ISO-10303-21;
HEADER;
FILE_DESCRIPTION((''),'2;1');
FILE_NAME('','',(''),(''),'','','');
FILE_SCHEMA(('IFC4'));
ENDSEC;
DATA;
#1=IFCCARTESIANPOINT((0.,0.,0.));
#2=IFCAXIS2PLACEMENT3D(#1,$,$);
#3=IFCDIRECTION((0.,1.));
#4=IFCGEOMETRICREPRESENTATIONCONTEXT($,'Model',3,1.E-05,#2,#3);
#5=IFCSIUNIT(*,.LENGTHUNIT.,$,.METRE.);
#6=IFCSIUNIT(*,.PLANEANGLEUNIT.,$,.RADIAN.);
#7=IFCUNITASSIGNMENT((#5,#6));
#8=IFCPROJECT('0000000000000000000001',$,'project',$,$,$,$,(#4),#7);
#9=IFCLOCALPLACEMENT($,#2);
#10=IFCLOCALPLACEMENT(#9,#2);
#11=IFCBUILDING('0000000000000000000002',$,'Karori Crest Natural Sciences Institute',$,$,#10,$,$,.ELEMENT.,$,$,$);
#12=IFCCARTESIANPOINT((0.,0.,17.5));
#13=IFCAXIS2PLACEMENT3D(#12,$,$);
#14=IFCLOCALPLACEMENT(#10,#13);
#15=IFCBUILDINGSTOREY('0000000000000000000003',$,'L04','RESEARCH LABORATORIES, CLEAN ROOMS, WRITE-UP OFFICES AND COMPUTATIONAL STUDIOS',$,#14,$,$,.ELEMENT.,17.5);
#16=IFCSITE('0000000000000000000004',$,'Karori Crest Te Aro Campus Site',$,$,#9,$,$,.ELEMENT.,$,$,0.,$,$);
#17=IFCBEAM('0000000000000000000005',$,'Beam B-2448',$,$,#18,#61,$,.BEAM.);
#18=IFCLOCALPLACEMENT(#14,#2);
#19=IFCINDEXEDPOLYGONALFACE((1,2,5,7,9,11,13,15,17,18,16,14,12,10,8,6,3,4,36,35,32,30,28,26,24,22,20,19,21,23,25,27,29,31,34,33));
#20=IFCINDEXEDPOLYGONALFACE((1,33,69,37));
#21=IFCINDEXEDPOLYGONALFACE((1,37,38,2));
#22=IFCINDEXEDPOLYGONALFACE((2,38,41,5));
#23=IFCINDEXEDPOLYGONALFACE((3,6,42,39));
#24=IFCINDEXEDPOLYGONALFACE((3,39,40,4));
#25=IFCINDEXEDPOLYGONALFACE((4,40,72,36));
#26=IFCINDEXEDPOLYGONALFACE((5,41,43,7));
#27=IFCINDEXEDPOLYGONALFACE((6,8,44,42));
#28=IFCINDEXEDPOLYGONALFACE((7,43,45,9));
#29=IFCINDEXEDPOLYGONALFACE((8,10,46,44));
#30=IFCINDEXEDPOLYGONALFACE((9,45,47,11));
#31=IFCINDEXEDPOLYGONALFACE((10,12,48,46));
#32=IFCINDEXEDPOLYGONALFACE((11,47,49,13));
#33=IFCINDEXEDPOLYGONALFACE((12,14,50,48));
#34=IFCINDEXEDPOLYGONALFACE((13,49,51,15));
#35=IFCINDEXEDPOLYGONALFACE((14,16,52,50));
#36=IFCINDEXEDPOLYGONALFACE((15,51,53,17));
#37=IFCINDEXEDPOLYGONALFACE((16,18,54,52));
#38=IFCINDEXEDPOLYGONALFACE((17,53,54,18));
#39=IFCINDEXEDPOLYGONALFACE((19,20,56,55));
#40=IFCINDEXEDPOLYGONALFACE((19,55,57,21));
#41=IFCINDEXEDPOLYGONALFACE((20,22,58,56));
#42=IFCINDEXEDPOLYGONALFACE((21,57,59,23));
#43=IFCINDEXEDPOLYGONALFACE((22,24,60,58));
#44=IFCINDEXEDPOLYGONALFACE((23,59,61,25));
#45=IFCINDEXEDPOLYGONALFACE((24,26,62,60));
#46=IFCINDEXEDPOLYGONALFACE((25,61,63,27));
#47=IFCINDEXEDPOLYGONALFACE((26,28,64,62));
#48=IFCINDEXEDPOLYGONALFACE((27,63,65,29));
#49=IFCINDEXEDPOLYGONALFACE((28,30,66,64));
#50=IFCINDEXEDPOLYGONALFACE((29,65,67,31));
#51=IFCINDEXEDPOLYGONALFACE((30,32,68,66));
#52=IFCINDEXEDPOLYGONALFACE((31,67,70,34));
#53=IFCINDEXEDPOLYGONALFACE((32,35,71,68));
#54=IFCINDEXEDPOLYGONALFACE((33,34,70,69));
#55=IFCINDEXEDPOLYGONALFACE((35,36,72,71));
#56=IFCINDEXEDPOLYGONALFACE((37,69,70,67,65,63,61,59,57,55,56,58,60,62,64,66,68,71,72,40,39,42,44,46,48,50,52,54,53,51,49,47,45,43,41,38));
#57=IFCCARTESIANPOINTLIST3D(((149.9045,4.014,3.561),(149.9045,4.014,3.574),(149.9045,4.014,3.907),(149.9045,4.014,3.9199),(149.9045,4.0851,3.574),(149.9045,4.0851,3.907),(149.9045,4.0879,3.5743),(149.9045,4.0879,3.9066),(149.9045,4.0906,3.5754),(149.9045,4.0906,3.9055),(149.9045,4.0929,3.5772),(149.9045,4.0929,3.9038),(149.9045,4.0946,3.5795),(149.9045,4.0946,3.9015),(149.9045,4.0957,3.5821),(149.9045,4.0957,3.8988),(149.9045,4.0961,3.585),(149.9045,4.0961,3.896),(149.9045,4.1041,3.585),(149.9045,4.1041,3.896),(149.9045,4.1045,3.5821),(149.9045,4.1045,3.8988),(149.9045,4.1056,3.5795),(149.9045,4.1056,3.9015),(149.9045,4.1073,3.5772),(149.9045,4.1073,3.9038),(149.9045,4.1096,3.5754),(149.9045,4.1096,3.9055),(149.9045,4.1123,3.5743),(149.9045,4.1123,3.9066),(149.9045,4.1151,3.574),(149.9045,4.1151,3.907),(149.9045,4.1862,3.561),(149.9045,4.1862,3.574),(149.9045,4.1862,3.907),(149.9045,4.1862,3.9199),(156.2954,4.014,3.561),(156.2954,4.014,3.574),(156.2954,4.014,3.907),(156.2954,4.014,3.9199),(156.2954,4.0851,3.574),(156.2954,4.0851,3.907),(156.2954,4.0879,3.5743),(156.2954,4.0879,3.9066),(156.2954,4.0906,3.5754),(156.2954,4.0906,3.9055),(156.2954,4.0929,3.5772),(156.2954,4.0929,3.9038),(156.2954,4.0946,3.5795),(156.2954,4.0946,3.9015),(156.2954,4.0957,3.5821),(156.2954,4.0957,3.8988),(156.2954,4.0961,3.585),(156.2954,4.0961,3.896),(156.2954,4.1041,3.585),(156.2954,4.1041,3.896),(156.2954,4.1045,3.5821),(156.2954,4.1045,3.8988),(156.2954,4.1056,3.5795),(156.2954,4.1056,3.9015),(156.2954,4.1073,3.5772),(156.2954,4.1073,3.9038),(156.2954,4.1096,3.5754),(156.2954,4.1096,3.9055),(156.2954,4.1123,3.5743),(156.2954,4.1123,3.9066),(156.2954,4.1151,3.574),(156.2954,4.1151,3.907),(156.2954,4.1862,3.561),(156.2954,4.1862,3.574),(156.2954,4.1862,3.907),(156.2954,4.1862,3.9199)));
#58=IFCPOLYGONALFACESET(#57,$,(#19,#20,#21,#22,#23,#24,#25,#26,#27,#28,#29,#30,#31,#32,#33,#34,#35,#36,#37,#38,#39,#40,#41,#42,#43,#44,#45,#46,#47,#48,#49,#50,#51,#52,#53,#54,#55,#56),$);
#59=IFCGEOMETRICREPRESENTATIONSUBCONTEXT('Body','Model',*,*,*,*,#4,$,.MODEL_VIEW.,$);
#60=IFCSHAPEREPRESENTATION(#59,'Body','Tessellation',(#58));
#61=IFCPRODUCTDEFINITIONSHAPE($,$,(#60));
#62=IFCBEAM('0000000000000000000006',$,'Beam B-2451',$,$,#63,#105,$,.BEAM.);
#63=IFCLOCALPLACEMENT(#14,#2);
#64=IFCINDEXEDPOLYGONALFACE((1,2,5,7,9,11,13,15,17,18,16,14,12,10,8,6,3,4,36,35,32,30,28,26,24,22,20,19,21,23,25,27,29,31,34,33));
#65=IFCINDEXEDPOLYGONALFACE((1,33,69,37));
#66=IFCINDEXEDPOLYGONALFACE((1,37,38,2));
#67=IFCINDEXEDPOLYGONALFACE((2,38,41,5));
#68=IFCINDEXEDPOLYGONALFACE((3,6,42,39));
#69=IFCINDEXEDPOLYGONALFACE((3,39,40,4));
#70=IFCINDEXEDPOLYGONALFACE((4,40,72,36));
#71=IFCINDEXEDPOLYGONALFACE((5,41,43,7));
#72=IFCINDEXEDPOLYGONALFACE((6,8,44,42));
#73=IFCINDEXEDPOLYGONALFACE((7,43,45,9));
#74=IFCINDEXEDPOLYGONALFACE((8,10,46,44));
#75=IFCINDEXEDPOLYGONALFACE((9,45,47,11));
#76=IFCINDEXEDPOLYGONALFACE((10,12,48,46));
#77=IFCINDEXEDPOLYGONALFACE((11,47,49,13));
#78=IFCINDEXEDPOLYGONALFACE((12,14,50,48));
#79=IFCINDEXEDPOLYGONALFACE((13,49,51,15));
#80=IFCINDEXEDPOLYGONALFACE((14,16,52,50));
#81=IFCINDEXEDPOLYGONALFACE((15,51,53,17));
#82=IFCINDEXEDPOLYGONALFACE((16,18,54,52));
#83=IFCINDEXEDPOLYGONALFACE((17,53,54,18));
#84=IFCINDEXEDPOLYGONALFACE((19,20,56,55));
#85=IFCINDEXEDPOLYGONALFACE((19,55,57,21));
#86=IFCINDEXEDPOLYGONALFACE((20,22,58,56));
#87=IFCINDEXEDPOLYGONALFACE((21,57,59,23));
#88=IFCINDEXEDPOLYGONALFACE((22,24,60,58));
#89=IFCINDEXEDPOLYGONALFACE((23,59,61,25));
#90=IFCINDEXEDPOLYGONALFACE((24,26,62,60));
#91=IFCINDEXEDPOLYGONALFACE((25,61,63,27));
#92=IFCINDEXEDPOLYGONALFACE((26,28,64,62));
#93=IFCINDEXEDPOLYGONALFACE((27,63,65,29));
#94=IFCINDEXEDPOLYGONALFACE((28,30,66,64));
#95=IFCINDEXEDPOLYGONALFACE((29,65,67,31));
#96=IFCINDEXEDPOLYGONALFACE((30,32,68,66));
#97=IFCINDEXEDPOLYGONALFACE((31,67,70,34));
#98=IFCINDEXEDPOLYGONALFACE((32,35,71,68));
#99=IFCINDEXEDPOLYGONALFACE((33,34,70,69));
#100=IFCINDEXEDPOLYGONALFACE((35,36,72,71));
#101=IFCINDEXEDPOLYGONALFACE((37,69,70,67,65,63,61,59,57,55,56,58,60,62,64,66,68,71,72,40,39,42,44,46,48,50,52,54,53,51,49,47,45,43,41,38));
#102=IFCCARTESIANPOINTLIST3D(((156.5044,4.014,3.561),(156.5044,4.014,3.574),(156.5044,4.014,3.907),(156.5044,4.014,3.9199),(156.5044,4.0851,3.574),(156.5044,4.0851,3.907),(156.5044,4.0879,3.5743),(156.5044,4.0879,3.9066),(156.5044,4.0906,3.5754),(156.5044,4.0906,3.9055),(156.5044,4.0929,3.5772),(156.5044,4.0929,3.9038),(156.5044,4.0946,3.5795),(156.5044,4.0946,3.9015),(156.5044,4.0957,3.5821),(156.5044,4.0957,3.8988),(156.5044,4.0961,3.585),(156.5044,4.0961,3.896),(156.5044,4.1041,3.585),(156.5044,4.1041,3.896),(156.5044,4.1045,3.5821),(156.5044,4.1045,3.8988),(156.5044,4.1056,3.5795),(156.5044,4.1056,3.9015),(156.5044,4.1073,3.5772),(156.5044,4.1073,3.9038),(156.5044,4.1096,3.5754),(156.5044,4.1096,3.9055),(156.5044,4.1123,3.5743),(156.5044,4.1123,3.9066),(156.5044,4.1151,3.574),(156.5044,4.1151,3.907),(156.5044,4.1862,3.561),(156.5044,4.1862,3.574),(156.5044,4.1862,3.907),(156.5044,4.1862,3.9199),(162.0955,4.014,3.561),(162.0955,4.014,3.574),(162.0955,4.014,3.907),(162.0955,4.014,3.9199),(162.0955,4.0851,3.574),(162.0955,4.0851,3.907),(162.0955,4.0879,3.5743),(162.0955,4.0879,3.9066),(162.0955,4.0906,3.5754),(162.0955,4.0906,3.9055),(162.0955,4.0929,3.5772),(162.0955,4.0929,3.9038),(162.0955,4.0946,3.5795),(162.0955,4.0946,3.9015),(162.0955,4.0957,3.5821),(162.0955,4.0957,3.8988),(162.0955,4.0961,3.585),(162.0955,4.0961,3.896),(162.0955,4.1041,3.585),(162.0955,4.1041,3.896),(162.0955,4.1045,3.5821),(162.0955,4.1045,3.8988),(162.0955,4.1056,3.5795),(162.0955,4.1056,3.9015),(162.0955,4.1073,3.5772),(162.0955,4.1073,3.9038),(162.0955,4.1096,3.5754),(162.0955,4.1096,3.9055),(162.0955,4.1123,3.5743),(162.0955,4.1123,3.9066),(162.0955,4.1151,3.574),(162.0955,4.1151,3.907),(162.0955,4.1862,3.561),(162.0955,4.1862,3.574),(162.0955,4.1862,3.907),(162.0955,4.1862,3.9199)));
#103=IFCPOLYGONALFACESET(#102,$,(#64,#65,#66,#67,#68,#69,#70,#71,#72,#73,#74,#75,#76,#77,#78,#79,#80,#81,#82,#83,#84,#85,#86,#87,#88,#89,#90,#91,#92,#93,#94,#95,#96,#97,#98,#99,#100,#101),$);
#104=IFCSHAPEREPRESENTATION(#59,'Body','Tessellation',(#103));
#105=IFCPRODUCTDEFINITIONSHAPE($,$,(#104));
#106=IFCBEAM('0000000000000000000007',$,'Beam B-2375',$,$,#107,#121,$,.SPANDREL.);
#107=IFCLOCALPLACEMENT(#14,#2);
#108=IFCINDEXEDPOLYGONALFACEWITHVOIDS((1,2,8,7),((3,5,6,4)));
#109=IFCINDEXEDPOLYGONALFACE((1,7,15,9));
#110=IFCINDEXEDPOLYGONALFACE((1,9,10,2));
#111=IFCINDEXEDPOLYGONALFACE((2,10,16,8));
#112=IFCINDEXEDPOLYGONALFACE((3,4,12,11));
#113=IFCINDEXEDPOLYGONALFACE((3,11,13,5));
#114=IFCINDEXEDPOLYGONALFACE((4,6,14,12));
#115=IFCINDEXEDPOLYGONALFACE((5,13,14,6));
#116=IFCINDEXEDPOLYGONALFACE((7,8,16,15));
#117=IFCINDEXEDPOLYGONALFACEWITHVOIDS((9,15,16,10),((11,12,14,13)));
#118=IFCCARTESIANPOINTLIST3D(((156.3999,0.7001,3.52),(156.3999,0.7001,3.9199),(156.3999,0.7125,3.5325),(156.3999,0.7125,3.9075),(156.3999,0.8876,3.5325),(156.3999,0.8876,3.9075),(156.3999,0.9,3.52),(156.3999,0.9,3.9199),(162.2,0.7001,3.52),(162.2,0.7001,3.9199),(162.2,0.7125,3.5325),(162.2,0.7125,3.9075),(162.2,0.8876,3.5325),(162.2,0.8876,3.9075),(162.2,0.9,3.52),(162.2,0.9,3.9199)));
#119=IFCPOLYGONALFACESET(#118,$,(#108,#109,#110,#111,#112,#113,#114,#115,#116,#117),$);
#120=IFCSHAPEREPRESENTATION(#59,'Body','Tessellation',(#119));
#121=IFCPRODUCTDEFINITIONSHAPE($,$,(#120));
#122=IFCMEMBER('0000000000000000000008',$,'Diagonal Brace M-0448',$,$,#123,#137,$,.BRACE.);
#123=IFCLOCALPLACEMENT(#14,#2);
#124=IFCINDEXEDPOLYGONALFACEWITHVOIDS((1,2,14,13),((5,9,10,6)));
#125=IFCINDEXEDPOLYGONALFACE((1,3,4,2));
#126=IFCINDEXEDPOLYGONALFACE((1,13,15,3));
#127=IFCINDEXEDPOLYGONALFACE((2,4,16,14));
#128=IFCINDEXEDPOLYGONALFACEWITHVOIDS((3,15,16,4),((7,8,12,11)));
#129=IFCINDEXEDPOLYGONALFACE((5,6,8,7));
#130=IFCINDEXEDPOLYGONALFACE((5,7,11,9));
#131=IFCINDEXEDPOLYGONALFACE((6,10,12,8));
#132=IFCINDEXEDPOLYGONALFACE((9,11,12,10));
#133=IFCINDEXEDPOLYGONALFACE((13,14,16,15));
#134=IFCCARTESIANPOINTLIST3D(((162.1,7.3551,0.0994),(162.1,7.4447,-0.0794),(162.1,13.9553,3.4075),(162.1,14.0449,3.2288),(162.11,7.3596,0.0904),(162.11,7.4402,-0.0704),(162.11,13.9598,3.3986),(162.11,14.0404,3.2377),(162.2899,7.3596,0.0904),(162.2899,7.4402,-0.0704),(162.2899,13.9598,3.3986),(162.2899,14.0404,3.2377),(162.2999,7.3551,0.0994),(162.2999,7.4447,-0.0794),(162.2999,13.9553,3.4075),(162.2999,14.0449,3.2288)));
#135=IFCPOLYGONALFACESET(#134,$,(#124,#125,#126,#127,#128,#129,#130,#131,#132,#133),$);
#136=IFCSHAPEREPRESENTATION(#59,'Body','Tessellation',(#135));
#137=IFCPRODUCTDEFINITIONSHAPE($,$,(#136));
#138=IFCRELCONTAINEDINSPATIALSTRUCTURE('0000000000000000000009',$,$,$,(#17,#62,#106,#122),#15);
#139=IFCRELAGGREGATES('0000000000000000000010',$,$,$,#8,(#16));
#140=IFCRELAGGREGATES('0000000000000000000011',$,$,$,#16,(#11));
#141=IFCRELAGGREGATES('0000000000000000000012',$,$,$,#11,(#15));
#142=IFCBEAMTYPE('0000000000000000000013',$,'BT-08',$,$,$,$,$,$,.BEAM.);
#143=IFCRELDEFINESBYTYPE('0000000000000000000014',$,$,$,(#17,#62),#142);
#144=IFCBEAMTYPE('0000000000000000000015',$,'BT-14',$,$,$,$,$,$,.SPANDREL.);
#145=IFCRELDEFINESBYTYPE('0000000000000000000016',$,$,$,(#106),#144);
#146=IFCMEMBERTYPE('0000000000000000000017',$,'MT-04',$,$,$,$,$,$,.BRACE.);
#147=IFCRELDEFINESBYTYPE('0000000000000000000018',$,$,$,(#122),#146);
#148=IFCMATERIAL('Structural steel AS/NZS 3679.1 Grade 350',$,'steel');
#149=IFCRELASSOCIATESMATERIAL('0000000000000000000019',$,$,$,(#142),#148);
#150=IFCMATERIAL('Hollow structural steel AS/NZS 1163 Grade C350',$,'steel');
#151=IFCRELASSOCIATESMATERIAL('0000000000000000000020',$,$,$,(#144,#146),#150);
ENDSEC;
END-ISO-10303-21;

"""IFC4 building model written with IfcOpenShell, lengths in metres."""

from ifc_helpers import new_model, si_unit, direction, frame, origin, origin_2d, place, context, subcontext, project, spatial, hollow_rectangle, i_section, extrude, material, material_profile, profile_set, type_object, element, save


model = new_model("IFC4")

# Units and contexts
model_context = context("Model", 3, precision=1e-05, world=origin(), true_north=direction((0.0, 1.0)))
body_context = subcontext(model_context, "Body", "Model", "MODEL_VIEW")
ifc_project = project(units=[si_unit("LENGTHUNIT", "METRE"), si_unit("PLANEANGLEUNIT", "RADIAN")], contexts=[model_context])

# Site, building, storey
site_placement = place(None, origin())
site = spatial("IfcSite", under=ifc_project, at=site_placement, Name="Karori Crest Te Aro Campus Site", CompositionType="ELEMENT", RefElevation=0.0)
building_placement = place(site_placement, origin())
building = spatial("IfcBuilding", under=site, at=building_placement, Name="Karori Crest Natural Sciences Institute", CompositionType="ELEMENT")
storey_placement = place(building_placement, frame((0.0, 0.0, 17.5)))
storey = spatial("IfcBuildingStorey", under=building, at=storey_placement, Name="L04", Description="RESEARCH LABORATORIES, CLEAN ROOMS, WRITE-UP OFFICES AND COMPUTATIONAL STUDIOS", CompositionType="ELEMENT", Elevation=17.5)

# Shared definitions
ifc_material_1 = material(Name="Structural steel AS/NZS 3679.1 Grade 350", Category="steel")

# Beams
ifc_material_profile_1 = material_profile(ifc_material_1, i_section(OverallWidth=0.1721, OverallDepth=0.3589, WebThickness=0.0081, FlangeThickness=0.0129, FilletRadius=0.011, at=origin_2d()), Name="360UB56.7")
ifc_profile_set_1 = profile_set([ifc_material_profile_1], Name="Structural steel AS/NZS 3679.1 Grade 350")
beam_type_1 = type_object("IfcBeamType", Name="BT-08", PredefinedType="BEAM", material=ifc_profile_set_1)
beam_1_placement = place(storey_placement, frame((149.9045, 4.1001, 3.7405), z_axis=(1.0, 0.0, 0.0), x_axis=(0.0, 1.0, 0.0)))
element("IfcBeam", 1, at=beam_1_placement, inside=storey, type_object=beam_type_1, Name="Beam B-2448", PredefinedType="BEAM", context=body_context, shape_type="SweptSolid", body=[
    extrude(i_section(OverallWidth=0.1721, OverallDepth=0.3589, WebThickness=0.0081, FlangeThickness=0.0129, FilletRadius=0.011, at=origin_2d()), origin(), (0.0, 0.0, 1.0), 6.3909),
])
beam_2_placement = place(storey_placement, frame((156.5044, 4.1001, 3.7405), z_axis=(1.0, 0.0, 0.0), x_axis=(0.0, 1.0, 0.0)))
element("IfcBeam", 2, at=beam_2_placement, inside=storey, type_object=beam_type_1, Name="Beam B-2451", PredefinedType="BEAM", context=body_context, shape_type="SweptSolid", body=[
    extrude(i_section(OverallWidth=0.1721, OverallDepth=0.3589, WebThickness=0.0081, FlangeThickness=0.0129, FilletRadius=0.011, at=origin_2d()), origin(), (0.0, 0.0, 1.0), 5.5911),
])
ifc_material_2 = material(Name="Hollow structural steel AS/NZS 1163 Grade C350", Category="steel")
ifc_material_profile_2 = material_profile(ifc_material_2, hollow_rectangle(XDim=0.2, YDim=0.3999, WallThickness=0.0125, at=origin_2d()), Name="RHS400x200x12.5")
ifc_profile_set_2 = profile_set([ifc_material_profile_2], Name="Hollow structural steel AS/NZS 1163 Grade C350")
beam_type_2 = type_object("IfcBeamType", Name="BT-14", PredefinedType="SPANDREL", material=ifc_profile_set_2)
beam_3_placement = place(storey_placement, frame((156.3999, 0.8, 3.72), z_axis=(1.0, 0.0, 0.0), x_axis=(0.0, 1.0, 0.0)))
element("IfcBeam", 3, at=beam_3_placement, inside=storey, type_object=beam_type_2, Name="Beam B-2375", PredefinedType="SPANDREL", context=body_context, shape_type="SweptSolid", body=[
    extrude(hollow_rectangle(XDim=0.2, YDim=0.3999, WallThickness=0.0125, at=origin_2d()), origin(), (0.0, 0.0, 1.0), 5.8),
])

# Member
ifc_material_profile_3 = material_profile(ifc_material_2, hollow_rectangle(XDim=0.2, YDim=0.2, WallThickness=0.01, at=origin_2d()), Name="SHS200x200x10")
ifc_profile_set_3 = profile_set([ifc_material_profile_3], Name="Hollow structural steel AS/NZS 1163 Grade C350")
member_type = type_object("IfcMemberType", Name="MT-04", PredefinedType="BRACE", material=ifc_profile_set_3)
member_placement = place(storey_placement, frame((162.2, 7.3999, 0.01), z_axis=(0.0, 0.89399, 0.448086), x_axis=(-1.0, 0.0, 0.0)))
element("IfcMember", 4, at=member_placement, inside=storey, type_object=member_type, Name="Diagonal Brace M-0448", PredefinedType="BRACE", context=body_context, shape_type="SweptSolid", body=[
    extrude(hollow_rectangle(XDim=0.2, YDim=0.2, WallThickness=0.01, at=origin_2d()), origin(), (0.0, 0.0, 1.0), 7.3828),
])

save(model, "model.ifc")
